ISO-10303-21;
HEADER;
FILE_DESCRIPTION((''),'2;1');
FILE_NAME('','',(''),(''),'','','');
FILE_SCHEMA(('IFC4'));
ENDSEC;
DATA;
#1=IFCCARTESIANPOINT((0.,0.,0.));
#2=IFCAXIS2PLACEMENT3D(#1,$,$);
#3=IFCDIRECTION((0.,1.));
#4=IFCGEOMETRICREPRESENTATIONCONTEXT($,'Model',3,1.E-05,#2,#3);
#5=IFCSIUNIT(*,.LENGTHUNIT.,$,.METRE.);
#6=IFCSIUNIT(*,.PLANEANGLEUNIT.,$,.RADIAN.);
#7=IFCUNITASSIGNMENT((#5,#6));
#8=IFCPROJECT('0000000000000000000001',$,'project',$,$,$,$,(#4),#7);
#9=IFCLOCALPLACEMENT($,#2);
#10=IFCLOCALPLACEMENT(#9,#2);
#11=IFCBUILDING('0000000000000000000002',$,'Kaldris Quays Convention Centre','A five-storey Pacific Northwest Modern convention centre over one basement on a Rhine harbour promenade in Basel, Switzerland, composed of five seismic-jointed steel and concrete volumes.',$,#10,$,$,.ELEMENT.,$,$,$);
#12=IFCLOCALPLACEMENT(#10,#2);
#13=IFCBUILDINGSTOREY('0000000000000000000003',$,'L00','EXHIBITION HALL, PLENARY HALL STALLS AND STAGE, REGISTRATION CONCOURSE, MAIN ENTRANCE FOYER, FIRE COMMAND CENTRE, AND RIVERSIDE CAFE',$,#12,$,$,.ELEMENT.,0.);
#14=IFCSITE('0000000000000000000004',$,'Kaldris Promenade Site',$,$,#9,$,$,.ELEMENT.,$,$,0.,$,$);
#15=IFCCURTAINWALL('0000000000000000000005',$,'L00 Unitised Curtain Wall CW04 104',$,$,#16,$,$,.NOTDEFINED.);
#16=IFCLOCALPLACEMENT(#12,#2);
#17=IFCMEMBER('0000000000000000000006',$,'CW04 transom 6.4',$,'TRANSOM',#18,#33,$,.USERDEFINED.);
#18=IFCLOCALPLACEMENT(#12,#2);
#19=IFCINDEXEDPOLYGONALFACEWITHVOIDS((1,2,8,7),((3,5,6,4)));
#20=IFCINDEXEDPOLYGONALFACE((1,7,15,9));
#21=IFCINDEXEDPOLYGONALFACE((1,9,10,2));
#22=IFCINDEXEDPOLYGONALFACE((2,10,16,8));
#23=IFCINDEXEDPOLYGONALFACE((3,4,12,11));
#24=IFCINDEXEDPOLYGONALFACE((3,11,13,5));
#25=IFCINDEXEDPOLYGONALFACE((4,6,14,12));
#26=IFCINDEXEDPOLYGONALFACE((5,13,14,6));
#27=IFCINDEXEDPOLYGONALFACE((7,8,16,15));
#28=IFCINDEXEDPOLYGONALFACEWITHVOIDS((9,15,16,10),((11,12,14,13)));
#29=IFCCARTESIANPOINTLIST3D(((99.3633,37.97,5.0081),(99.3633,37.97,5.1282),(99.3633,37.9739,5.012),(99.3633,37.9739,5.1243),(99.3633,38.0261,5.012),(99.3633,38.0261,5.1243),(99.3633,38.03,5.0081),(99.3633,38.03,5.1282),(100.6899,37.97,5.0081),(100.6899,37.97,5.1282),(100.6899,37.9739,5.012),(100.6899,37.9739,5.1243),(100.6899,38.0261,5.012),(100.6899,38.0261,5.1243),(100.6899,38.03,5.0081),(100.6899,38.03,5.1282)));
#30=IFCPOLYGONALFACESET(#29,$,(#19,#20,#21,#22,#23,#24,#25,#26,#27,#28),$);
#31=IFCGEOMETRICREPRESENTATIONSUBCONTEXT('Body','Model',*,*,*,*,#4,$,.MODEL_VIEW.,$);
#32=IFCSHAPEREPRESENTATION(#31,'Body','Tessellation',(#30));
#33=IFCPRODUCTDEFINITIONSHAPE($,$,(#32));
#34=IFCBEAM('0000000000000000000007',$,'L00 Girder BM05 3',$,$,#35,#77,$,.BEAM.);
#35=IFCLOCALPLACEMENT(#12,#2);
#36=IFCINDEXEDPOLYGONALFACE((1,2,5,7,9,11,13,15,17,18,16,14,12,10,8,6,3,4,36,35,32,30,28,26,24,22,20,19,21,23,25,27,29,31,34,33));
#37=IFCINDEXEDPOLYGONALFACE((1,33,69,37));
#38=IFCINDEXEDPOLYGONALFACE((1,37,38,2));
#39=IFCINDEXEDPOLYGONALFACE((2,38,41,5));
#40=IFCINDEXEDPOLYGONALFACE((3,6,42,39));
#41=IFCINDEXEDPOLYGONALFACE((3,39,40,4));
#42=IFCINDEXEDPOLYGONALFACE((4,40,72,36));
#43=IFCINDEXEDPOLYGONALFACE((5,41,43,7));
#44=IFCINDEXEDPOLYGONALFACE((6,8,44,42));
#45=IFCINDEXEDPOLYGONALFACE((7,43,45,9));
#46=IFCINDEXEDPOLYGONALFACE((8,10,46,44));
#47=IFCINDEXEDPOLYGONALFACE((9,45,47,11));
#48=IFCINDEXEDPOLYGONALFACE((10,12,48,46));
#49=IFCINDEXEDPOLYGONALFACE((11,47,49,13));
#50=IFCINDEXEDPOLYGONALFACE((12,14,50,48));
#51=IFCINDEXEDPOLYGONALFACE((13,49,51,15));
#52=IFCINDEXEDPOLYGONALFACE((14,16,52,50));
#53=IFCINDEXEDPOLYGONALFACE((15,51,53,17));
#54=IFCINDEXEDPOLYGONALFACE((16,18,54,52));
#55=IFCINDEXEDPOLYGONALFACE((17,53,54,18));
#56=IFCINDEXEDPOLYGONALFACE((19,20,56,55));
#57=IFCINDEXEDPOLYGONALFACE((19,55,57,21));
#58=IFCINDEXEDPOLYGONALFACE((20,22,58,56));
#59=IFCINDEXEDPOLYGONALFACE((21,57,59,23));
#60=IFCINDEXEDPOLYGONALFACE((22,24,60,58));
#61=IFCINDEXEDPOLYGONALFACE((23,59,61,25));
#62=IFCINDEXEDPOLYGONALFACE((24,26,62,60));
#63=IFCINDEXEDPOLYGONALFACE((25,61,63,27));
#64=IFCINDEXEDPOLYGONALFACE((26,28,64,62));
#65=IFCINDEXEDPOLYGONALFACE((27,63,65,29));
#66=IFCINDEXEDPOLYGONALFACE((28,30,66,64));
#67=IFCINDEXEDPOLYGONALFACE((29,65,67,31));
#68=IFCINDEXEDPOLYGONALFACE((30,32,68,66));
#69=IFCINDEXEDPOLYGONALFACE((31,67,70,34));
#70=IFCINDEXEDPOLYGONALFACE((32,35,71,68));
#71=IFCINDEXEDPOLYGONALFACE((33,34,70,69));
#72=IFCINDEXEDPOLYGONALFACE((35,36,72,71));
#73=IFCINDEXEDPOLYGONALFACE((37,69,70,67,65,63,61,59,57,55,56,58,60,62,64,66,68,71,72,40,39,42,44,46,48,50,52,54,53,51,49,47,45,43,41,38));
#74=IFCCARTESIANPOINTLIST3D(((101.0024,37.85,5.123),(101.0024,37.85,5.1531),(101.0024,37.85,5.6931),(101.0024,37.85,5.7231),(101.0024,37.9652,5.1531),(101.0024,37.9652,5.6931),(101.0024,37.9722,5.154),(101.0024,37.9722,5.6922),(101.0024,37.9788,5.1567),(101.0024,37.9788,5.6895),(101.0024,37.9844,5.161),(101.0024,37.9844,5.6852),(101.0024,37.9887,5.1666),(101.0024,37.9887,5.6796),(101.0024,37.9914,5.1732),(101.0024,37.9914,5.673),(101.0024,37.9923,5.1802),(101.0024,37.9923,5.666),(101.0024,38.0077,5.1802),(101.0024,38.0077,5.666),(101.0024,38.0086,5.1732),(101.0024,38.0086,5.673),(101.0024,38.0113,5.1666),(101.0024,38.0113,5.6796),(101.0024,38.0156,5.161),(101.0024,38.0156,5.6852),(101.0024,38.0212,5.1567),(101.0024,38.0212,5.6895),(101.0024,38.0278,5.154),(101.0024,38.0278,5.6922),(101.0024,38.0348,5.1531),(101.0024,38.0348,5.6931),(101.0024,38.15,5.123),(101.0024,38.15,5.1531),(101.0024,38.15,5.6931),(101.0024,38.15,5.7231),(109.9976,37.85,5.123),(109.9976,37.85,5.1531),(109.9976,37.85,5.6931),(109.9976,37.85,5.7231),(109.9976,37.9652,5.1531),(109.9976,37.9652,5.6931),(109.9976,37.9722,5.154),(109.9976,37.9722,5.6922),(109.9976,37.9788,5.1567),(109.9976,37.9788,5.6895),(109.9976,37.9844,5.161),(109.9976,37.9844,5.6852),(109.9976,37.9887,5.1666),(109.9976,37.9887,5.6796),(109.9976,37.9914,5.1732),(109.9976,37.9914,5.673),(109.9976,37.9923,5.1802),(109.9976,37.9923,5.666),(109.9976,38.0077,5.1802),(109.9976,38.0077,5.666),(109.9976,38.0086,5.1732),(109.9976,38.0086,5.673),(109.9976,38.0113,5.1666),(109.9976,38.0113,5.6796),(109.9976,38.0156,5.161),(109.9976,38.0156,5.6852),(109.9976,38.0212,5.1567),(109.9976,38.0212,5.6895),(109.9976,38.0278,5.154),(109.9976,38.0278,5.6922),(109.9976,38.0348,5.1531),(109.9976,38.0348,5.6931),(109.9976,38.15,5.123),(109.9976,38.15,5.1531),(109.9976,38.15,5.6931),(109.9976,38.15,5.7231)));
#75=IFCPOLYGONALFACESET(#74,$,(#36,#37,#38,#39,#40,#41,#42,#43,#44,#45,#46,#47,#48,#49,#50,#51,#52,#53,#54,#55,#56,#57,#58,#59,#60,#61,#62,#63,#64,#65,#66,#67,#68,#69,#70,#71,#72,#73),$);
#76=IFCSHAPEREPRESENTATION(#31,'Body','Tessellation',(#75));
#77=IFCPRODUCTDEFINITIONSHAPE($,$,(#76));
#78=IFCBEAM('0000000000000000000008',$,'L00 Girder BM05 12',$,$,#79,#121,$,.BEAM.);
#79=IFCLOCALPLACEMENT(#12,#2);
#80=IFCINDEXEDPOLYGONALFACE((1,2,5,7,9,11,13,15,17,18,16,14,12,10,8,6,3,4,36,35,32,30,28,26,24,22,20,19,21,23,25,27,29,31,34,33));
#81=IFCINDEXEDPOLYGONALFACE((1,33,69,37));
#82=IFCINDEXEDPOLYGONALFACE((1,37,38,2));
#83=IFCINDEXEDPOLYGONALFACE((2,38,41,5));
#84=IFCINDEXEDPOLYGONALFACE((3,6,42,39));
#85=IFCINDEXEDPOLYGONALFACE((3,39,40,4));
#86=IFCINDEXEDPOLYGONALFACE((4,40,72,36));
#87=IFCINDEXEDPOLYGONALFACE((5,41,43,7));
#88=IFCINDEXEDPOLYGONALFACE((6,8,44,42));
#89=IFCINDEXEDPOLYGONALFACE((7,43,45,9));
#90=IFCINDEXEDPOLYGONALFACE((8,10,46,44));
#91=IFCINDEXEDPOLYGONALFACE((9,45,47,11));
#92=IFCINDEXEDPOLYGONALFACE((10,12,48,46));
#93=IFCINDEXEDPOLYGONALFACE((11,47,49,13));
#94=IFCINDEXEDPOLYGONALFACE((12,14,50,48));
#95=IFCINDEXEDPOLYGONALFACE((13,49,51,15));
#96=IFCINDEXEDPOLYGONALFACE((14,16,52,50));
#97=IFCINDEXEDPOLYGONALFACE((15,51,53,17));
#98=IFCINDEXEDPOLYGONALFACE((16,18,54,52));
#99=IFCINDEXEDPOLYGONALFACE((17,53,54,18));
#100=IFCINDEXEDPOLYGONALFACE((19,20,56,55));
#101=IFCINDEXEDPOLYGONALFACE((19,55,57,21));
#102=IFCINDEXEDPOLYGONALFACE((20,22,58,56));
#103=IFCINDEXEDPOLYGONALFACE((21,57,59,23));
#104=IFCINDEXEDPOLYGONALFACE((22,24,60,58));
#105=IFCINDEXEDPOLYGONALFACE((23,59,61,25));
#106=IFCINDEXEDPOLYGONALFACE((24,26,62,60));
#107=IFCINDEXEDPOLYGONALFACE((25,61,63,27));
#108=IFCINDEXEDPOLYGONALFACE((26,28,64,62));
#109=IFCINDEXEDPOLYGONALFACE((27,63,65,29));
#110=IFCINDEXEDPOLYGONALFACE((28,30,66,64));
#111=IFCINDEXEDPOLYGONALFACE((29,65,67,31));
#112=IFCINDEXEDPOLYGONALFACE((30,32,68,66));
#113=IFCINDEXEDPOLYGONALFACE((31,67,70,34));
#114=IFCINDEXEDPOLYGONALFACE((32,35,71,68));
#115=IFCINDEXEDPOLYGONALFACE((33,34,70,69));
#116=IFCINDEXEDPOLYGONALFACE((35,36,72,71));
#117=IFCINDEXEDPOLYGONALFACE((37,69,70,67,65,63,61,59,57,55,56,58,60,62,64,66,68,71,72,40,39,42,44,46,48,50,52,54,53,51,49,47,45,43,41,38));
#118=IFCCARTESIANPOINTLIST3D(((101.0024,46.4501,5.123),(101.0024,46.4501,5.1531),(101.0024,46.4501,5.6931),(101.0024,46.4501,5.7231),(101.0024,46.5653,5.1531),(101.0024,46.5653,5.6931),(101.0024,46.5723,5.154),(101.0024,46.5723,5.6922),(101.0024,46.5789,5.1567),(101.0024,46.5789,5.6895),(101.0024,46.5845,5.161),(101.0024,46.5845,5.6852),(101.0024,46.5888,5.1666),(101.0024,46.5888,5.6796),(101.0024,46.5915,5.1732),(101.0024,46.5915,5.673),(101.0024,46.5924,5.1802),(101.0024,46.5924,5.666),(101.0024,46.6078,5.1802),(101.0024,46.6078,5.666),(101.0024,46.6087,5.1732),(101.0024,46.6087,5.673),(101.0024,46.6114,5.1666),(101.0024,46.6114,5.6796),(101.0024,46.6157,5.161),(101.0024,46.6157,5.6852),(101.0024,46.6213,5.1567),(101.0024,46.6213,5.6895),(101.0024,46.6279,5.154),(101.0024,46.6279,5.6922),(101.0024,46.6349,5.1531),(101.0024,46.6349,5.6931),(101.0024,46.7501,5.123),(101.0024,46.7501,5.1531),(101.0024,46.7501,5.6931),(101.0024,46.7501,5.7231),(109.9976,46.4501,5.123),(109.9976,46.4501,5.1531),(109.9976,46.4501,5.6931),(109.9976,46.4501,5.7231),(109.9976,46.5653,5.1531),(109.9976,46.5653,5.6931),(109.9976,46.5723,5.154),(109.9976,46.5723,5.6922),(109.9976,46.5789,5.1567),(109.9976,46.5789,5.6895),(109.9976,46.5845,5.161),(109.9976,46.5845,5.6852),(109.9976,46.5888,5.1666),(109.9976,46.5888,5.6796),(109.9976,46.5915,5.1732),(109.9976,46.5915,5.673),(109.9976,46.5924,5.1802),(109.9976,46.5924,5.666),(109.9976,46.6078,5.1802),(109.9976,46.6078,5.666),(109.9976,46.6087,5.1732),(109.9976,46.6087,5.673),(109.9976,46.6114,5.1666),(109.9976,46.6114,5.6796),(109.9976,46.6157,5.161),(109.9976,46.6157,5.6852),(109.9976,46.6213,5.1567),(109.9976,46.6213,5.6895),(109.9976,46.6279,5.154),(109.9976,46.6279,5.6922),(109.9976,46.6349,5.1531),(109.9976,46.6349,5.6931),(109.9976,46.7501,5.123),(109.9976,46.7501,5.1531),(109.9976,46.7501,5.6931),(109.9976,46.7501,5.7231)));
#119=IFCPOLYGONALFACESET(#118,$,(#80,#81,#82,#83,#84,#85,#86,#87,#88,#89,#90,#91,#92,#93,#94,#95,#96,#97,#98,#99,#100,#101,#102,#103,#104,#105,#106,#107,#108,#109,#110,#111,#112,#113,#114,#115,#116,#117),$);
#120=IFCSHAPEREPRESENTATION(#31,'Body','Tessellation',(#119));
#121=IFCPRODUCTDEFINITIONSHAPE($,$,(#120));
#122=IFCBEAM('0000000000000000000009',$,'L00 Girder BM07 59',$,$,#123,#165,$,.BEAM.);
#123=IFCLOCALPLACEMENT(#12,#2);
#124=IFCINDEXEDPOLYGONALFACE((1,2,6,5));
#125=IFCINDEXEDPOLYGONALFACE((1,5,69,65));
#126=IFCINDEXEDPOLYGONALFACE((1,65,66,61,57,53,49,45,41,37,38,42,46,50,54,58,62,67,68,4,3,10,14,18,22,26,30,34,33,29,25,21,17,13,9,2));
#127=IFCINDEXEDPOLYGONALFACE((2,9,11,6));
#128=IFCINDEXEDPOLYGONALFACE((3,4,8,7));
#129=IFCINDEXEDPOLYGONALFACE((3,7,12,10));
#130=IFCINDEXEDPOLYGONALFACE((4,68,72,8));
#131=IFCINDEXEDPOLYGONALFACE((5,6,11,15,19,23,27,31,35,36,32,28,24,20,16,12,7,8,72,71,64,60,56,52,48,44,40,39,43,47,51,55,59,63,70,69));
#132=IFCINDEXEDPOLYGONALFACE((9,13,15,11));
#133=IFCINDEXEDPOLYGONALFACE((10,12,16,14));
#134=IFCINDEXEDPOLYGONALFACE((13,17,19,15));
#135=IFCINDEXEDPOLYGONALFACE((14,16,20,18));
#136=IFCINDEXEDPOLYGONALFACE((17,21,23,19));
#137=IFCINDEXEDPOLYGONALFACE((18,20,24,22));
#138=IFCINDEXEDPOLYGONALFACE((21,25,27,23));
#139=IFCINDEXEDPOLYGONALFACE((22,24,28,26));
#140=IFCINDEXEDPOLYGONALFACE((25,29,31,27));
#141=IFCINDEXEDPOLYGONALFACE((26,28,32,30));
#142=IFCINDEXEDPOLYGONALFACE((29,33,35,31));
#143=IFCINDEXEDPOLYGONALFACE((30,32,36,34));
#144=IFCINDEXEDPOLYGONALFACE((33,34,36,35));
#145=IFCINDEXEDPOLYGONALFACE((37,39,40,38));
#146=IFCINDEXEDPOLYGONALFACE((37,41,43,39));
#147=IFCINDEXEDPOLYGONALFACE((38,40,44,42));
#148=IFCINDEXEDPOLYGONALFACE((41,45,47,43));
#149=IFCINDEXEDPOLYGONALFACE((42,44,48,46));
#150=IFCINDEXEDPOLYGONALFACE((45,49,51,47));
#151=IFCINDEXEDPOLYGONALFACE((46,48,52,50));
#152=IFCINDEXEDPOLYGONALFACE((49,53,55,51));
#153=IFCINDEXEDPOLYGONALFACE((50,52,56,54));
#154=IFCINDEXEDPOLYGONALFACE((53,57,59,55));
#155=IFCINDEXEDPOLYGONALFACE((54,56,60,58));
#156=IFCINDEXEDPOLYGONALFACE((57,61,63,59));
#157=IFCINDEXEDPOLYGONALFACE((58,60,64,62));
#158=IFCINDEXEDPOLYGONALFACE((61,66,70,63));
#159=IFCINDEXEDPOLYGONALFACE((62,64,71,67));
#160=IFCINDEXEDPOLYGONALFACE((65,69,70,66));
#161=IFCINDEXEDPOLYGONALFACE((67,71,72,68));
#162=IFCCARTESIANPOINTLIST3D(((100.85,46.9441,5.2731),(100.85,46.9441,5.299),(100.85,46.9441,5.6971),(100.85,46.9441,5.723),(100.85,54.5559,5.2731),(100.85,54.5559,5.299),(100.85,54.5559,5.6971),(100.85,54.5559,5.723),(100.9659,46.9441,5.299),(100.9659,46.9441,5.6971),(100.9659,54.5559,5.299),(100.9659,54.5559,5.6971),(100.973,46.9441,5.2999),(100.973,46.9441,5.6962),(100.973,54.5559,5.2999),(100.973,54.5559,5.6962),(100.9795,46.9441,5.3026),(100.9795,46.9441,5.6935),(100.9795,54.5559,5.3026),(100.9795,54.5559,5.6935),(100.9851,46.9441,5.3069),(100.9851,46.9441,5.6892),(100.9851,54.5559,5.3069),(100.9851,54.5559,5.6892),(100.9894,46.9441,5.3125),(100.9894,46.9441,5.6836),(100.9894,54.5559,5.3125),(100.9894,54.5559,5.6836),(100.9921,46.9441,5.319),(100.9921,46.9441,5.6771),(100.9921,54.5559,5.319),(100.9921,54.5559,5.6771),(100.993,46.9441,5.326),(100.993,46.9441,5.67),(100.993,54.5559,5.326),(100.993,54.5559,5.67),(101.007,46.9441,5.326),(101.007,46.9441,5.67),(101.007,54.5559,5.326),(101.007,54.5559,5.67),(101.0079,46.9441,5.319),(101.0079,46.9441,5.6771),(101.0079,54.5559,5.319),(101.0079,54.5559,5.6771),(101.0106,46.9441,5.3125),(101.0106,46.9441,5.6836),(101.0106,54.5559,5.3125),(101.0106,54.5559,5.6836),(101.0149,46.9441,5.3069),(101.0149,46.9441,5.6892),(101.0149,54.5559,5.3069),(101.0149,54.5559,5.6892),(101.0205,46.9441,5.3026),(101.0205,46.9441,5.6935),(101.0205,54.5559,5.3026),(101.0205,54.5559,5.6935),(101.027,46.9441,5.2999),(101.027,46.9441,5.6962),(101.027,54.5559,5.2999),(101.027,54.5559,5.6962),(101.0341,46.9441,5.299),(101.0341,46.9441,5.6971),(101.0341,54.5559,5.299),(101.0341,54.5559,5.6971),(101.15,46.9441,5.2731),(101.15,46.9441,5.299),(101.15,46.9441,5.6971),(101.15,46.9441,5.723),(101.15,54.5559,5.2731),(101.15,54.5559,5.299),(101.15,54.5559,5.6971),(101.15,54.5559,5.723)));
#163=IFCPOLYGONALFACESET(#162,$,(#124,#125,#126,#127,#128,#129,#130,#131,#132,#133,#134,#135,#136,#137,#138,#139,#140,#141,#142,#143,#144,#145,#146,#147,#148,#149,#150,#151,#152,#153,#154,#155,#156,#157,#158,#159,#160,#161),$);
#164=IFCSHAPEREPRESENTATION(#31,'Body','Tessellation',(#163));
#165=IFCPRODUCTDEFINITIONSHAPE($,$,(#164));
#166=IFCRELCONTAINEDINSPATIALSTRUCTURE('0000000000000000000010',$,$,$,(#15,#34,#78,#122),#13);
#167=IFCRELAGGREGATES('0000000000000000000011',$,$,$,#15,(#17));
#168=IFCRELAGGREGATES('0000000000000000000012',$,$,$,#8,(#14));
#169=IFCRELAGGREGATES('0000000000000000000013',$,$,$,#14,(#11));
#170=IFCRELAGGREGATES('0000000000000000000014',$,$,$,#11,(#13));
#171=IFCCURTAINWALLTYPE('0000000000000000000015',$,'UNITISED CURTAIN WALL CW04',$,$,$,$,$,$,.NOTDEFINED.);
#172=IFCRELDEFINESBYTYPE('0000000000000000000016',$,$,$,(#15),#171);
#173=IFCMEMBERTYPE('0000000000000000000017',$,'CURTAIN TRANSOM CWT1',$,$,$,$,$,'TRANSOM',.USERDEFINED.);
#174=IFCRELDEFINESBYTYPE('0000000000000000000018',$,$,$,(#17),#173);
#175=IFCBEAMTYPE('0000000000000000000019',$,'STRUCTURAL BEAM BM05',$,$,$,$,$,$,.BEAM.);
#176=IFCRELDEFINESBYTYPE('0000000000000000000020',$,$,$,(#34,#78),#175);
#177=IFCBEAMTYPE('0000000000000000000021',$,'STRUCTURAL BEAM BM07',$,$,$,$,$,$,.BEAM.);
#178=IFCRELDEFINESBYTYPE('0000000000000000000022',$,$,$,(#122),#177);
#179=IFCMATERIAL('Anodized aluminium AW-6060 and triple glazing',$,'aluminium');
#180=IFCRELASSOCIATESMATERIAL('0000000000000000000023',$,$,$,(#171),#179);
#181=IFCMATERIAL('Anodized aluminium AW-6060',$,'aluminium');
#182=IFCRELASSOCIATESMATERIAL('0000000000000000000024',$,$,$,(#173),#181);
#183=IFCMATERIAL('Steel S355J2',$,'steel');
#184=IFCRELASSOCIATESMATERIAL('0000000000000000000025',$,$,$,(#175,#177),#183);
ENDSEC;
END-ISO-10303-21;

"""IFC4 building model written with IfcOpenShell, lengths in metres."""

from ifc_helpers import new_model, si_unit, direction, frame, origin, origin_2d, place, context, subcontext, project, spatial, hollow_rectangle, i_section, extrude, material, material_profile, profile_set, type_object, element, aggregate, save


model = new_model("IFC4")

# Units and contexts
model_context = context("Model", 3, precision=1e-05, world=origin(), true_north=direction((0.0, 1.0)))
body_context = subcontext(model_context, "Body", "Model", "MODEL_VIEW")
ifc_project = project(units=[si_unit("LENGTHUNIT", "METRE"), si_unit("PLANEANGLEUNIT", "RADIAN")], contexts=[model_context])

# Site, building, storey
site_placement = place(None, origin())
site = spatial("IfcSite", under=ifc_project, at=site_placement, Name="Kaldris Promenade Site", CompositionType="ELEMENT", RefElevation=0.0)
building_placement = place(site_placement, origin())
building = spatial("IfcBuilding", under=site, at=building_placement, Name="Kaldris Quays Convention Centre", Description="A five-storey Pacific Northwest Modern convention centre over one basement on a Rhine harbour promenade in Basel, Switzerland, composed of five seismic-jointed steel and concrete volumes.", CompositionType="ELEMENT")
storey_placement = place(building_placement, origin())
storey = spatial("IfcBuildingStorey", under=building, at=storey_placement, Name="L00", Description="EXHIBITION HALL, PLENARY HALL STALLS AND STAGE, REGISTRATION CONCOURSE, MAIN ENTRANCE FOYER, FIRE COMMAND CENTRE, AND RIVERSIDE CAFE", CompositionType="ELEMENT", Elevation=0.0)

# Shared definitions
ifc_material_1 = material(Name="Steel S355J2", Category="steel")

# Curtain wall, member
ifc_material_2 = material(Name="Anodized aluminium AW-6060 and triple glazing", Category="aluminium")
curtain_wall_type = type_object("IfcCurtainWallType", Name="UNITISED CURTAIN WALL CW04", PredefinedType="NOTDEFINED", material=ifc_material_2)
curtain_wall_placement = place(storey_placement, origin())
curtain_wall = element("IfcCurtainWall", 1, at=curtain_wall_placement, inside=storey, type_object=curtain_wall_type, Name="L00 Unitised Curtain Wall CW04 104", PredefinedType="NOTDEFINED")
ifc_material_3 = material(Name="Anodized aluminium AW-6060", Category="aluminium")
ifc_material_profile_1 = material_profile(ifc_material_3, hollow_rectangle(XDim=0.0601, YDim=0.1201, WallThickness=0.0039, at=origin_2d()), Name="RHS 120x60x4")
ifc_profile_set_1 = profile_set([ifc_material_profile_1], Name="Anodized aluminium AW-6060")
member_type_1 = type_object("IfcMemberType", Name="CURTAIN TRANSOM CWT1", ElementType="TRANSOM", PredefinedType="USERDEFINED", material=ifc_profile_set_1)
member_1_placement = place(storey_placement, frame((99.3633, 38.0, 5.0681), z_axis=(1.0, 0.0, 0.0), x_axis=(0.0, 1.0, 0.0)))
member_1 = element("IfcMember", 2, at=member_1_placement, type_object=member_type_1, Name="CW04 transom 6.4", ObjectType="TRANSOM", PredefinedType="USERDEFINED", context=body_context, shape_type="SweptSolid", body=[
    extrude(hollow_rectangle(XDim=0.0601, YDim=0.1201, WallThickness=0.0039, at=origin_2d()), origin(), (0.0, 0.0, 1.0), 1.3267),
])

# Beams
ifc_material_profile_2 = material_profile(ifc_material_1, i_section(OverallWidth=0.3, OverallDepth=0.6001, WebThickness=0.0154, FlangeThickness=0.03, FilletRadius=0.0271, at=origin_2d()), Name="HEB 600")
ifc_profile_set_2 = profile_set([ifc_material_profile_2], Name="Steel S355J2")
beam_type_1 = type_object("IfcBeamType", Name="STRUCTURAL BEAM BM05", PredefinedType="BEAM", material=ifc_profile_set_2)
for number, where, z_axis, x_axis, name in (
    (3, (101.0024, 38.0, 5.4231), (1.0, 0.0, 0.0), (0.0, 1.0, 0.0), "L00 Girder BM05 3"),
    (4, (101.0024, 46.6001, 5.4231), (1.0, 0.0, 0.0), (0.0, 1.0, 0.0), "L00 Girder BM05 12"),
):
    element("IfcBeam", number, at=place(storey_placement, frame(where, z_axis=z_axis, x_axis=x_axis)), inside=storey, type_object=beam_type_1, Name=name, PredefinedType="BEAM", context=body_context, shape_type="SweptSolid", body=[
        extrude(i_section(OverallWidth=0.3, OverallDepth=0.6001, WebThickness=0.0154, FlangeThickness=0.03, FilletRadius=0.0271, at=origin_2d()), origin(), (0.0, 0.0, 1.0), 8.9951),
    ])
ifc_material_profile_3 = material_profile(ifc_material_1, i_section(OverallWidth=0.3, OverallDepth=0.45, WebThickness=0.0139, FlangeThickness=0.0259, FilletRadius=0.0271, at=origin_2d()), Name="HEB 450")
ifc_profile_set_3 = profile_set([ifc_material_profile_3], Name="Steel S355J2")
beam_type_2 = type_object("IfcBeamType", Name="STRUCTURAL BEAM BM07", PredefinedType="BEAM", material=ifc_profile_set_3)
beam_1_placement = place(storey_placement, frame((101.0, 46.9441, 5.498), z_axis=(0.0, 1.0, 0.0), x_axis=(-1.0, 0.0, 0.0)))
element("IfcBeam", 5, at=beam_1_placement, inside=storey, type_object=beam_type_2, Name="L00 Girder BM07 59", PredefinedType="BEAM", context=body_context, shape_type="SweptSolid", body=[
    extrude(i_section(OverallWidth=0.3, OverallDepth=0.45, WebThickness=0.0139, FlangeThickness=0.0259, FilletRadius=0.0271, at=origin_2d()), origin(), (0.0, 0.0, 1.0), 7.6118),
])

aggregate(curtain_wall, [member_1])

save(model, "model.ifc")
